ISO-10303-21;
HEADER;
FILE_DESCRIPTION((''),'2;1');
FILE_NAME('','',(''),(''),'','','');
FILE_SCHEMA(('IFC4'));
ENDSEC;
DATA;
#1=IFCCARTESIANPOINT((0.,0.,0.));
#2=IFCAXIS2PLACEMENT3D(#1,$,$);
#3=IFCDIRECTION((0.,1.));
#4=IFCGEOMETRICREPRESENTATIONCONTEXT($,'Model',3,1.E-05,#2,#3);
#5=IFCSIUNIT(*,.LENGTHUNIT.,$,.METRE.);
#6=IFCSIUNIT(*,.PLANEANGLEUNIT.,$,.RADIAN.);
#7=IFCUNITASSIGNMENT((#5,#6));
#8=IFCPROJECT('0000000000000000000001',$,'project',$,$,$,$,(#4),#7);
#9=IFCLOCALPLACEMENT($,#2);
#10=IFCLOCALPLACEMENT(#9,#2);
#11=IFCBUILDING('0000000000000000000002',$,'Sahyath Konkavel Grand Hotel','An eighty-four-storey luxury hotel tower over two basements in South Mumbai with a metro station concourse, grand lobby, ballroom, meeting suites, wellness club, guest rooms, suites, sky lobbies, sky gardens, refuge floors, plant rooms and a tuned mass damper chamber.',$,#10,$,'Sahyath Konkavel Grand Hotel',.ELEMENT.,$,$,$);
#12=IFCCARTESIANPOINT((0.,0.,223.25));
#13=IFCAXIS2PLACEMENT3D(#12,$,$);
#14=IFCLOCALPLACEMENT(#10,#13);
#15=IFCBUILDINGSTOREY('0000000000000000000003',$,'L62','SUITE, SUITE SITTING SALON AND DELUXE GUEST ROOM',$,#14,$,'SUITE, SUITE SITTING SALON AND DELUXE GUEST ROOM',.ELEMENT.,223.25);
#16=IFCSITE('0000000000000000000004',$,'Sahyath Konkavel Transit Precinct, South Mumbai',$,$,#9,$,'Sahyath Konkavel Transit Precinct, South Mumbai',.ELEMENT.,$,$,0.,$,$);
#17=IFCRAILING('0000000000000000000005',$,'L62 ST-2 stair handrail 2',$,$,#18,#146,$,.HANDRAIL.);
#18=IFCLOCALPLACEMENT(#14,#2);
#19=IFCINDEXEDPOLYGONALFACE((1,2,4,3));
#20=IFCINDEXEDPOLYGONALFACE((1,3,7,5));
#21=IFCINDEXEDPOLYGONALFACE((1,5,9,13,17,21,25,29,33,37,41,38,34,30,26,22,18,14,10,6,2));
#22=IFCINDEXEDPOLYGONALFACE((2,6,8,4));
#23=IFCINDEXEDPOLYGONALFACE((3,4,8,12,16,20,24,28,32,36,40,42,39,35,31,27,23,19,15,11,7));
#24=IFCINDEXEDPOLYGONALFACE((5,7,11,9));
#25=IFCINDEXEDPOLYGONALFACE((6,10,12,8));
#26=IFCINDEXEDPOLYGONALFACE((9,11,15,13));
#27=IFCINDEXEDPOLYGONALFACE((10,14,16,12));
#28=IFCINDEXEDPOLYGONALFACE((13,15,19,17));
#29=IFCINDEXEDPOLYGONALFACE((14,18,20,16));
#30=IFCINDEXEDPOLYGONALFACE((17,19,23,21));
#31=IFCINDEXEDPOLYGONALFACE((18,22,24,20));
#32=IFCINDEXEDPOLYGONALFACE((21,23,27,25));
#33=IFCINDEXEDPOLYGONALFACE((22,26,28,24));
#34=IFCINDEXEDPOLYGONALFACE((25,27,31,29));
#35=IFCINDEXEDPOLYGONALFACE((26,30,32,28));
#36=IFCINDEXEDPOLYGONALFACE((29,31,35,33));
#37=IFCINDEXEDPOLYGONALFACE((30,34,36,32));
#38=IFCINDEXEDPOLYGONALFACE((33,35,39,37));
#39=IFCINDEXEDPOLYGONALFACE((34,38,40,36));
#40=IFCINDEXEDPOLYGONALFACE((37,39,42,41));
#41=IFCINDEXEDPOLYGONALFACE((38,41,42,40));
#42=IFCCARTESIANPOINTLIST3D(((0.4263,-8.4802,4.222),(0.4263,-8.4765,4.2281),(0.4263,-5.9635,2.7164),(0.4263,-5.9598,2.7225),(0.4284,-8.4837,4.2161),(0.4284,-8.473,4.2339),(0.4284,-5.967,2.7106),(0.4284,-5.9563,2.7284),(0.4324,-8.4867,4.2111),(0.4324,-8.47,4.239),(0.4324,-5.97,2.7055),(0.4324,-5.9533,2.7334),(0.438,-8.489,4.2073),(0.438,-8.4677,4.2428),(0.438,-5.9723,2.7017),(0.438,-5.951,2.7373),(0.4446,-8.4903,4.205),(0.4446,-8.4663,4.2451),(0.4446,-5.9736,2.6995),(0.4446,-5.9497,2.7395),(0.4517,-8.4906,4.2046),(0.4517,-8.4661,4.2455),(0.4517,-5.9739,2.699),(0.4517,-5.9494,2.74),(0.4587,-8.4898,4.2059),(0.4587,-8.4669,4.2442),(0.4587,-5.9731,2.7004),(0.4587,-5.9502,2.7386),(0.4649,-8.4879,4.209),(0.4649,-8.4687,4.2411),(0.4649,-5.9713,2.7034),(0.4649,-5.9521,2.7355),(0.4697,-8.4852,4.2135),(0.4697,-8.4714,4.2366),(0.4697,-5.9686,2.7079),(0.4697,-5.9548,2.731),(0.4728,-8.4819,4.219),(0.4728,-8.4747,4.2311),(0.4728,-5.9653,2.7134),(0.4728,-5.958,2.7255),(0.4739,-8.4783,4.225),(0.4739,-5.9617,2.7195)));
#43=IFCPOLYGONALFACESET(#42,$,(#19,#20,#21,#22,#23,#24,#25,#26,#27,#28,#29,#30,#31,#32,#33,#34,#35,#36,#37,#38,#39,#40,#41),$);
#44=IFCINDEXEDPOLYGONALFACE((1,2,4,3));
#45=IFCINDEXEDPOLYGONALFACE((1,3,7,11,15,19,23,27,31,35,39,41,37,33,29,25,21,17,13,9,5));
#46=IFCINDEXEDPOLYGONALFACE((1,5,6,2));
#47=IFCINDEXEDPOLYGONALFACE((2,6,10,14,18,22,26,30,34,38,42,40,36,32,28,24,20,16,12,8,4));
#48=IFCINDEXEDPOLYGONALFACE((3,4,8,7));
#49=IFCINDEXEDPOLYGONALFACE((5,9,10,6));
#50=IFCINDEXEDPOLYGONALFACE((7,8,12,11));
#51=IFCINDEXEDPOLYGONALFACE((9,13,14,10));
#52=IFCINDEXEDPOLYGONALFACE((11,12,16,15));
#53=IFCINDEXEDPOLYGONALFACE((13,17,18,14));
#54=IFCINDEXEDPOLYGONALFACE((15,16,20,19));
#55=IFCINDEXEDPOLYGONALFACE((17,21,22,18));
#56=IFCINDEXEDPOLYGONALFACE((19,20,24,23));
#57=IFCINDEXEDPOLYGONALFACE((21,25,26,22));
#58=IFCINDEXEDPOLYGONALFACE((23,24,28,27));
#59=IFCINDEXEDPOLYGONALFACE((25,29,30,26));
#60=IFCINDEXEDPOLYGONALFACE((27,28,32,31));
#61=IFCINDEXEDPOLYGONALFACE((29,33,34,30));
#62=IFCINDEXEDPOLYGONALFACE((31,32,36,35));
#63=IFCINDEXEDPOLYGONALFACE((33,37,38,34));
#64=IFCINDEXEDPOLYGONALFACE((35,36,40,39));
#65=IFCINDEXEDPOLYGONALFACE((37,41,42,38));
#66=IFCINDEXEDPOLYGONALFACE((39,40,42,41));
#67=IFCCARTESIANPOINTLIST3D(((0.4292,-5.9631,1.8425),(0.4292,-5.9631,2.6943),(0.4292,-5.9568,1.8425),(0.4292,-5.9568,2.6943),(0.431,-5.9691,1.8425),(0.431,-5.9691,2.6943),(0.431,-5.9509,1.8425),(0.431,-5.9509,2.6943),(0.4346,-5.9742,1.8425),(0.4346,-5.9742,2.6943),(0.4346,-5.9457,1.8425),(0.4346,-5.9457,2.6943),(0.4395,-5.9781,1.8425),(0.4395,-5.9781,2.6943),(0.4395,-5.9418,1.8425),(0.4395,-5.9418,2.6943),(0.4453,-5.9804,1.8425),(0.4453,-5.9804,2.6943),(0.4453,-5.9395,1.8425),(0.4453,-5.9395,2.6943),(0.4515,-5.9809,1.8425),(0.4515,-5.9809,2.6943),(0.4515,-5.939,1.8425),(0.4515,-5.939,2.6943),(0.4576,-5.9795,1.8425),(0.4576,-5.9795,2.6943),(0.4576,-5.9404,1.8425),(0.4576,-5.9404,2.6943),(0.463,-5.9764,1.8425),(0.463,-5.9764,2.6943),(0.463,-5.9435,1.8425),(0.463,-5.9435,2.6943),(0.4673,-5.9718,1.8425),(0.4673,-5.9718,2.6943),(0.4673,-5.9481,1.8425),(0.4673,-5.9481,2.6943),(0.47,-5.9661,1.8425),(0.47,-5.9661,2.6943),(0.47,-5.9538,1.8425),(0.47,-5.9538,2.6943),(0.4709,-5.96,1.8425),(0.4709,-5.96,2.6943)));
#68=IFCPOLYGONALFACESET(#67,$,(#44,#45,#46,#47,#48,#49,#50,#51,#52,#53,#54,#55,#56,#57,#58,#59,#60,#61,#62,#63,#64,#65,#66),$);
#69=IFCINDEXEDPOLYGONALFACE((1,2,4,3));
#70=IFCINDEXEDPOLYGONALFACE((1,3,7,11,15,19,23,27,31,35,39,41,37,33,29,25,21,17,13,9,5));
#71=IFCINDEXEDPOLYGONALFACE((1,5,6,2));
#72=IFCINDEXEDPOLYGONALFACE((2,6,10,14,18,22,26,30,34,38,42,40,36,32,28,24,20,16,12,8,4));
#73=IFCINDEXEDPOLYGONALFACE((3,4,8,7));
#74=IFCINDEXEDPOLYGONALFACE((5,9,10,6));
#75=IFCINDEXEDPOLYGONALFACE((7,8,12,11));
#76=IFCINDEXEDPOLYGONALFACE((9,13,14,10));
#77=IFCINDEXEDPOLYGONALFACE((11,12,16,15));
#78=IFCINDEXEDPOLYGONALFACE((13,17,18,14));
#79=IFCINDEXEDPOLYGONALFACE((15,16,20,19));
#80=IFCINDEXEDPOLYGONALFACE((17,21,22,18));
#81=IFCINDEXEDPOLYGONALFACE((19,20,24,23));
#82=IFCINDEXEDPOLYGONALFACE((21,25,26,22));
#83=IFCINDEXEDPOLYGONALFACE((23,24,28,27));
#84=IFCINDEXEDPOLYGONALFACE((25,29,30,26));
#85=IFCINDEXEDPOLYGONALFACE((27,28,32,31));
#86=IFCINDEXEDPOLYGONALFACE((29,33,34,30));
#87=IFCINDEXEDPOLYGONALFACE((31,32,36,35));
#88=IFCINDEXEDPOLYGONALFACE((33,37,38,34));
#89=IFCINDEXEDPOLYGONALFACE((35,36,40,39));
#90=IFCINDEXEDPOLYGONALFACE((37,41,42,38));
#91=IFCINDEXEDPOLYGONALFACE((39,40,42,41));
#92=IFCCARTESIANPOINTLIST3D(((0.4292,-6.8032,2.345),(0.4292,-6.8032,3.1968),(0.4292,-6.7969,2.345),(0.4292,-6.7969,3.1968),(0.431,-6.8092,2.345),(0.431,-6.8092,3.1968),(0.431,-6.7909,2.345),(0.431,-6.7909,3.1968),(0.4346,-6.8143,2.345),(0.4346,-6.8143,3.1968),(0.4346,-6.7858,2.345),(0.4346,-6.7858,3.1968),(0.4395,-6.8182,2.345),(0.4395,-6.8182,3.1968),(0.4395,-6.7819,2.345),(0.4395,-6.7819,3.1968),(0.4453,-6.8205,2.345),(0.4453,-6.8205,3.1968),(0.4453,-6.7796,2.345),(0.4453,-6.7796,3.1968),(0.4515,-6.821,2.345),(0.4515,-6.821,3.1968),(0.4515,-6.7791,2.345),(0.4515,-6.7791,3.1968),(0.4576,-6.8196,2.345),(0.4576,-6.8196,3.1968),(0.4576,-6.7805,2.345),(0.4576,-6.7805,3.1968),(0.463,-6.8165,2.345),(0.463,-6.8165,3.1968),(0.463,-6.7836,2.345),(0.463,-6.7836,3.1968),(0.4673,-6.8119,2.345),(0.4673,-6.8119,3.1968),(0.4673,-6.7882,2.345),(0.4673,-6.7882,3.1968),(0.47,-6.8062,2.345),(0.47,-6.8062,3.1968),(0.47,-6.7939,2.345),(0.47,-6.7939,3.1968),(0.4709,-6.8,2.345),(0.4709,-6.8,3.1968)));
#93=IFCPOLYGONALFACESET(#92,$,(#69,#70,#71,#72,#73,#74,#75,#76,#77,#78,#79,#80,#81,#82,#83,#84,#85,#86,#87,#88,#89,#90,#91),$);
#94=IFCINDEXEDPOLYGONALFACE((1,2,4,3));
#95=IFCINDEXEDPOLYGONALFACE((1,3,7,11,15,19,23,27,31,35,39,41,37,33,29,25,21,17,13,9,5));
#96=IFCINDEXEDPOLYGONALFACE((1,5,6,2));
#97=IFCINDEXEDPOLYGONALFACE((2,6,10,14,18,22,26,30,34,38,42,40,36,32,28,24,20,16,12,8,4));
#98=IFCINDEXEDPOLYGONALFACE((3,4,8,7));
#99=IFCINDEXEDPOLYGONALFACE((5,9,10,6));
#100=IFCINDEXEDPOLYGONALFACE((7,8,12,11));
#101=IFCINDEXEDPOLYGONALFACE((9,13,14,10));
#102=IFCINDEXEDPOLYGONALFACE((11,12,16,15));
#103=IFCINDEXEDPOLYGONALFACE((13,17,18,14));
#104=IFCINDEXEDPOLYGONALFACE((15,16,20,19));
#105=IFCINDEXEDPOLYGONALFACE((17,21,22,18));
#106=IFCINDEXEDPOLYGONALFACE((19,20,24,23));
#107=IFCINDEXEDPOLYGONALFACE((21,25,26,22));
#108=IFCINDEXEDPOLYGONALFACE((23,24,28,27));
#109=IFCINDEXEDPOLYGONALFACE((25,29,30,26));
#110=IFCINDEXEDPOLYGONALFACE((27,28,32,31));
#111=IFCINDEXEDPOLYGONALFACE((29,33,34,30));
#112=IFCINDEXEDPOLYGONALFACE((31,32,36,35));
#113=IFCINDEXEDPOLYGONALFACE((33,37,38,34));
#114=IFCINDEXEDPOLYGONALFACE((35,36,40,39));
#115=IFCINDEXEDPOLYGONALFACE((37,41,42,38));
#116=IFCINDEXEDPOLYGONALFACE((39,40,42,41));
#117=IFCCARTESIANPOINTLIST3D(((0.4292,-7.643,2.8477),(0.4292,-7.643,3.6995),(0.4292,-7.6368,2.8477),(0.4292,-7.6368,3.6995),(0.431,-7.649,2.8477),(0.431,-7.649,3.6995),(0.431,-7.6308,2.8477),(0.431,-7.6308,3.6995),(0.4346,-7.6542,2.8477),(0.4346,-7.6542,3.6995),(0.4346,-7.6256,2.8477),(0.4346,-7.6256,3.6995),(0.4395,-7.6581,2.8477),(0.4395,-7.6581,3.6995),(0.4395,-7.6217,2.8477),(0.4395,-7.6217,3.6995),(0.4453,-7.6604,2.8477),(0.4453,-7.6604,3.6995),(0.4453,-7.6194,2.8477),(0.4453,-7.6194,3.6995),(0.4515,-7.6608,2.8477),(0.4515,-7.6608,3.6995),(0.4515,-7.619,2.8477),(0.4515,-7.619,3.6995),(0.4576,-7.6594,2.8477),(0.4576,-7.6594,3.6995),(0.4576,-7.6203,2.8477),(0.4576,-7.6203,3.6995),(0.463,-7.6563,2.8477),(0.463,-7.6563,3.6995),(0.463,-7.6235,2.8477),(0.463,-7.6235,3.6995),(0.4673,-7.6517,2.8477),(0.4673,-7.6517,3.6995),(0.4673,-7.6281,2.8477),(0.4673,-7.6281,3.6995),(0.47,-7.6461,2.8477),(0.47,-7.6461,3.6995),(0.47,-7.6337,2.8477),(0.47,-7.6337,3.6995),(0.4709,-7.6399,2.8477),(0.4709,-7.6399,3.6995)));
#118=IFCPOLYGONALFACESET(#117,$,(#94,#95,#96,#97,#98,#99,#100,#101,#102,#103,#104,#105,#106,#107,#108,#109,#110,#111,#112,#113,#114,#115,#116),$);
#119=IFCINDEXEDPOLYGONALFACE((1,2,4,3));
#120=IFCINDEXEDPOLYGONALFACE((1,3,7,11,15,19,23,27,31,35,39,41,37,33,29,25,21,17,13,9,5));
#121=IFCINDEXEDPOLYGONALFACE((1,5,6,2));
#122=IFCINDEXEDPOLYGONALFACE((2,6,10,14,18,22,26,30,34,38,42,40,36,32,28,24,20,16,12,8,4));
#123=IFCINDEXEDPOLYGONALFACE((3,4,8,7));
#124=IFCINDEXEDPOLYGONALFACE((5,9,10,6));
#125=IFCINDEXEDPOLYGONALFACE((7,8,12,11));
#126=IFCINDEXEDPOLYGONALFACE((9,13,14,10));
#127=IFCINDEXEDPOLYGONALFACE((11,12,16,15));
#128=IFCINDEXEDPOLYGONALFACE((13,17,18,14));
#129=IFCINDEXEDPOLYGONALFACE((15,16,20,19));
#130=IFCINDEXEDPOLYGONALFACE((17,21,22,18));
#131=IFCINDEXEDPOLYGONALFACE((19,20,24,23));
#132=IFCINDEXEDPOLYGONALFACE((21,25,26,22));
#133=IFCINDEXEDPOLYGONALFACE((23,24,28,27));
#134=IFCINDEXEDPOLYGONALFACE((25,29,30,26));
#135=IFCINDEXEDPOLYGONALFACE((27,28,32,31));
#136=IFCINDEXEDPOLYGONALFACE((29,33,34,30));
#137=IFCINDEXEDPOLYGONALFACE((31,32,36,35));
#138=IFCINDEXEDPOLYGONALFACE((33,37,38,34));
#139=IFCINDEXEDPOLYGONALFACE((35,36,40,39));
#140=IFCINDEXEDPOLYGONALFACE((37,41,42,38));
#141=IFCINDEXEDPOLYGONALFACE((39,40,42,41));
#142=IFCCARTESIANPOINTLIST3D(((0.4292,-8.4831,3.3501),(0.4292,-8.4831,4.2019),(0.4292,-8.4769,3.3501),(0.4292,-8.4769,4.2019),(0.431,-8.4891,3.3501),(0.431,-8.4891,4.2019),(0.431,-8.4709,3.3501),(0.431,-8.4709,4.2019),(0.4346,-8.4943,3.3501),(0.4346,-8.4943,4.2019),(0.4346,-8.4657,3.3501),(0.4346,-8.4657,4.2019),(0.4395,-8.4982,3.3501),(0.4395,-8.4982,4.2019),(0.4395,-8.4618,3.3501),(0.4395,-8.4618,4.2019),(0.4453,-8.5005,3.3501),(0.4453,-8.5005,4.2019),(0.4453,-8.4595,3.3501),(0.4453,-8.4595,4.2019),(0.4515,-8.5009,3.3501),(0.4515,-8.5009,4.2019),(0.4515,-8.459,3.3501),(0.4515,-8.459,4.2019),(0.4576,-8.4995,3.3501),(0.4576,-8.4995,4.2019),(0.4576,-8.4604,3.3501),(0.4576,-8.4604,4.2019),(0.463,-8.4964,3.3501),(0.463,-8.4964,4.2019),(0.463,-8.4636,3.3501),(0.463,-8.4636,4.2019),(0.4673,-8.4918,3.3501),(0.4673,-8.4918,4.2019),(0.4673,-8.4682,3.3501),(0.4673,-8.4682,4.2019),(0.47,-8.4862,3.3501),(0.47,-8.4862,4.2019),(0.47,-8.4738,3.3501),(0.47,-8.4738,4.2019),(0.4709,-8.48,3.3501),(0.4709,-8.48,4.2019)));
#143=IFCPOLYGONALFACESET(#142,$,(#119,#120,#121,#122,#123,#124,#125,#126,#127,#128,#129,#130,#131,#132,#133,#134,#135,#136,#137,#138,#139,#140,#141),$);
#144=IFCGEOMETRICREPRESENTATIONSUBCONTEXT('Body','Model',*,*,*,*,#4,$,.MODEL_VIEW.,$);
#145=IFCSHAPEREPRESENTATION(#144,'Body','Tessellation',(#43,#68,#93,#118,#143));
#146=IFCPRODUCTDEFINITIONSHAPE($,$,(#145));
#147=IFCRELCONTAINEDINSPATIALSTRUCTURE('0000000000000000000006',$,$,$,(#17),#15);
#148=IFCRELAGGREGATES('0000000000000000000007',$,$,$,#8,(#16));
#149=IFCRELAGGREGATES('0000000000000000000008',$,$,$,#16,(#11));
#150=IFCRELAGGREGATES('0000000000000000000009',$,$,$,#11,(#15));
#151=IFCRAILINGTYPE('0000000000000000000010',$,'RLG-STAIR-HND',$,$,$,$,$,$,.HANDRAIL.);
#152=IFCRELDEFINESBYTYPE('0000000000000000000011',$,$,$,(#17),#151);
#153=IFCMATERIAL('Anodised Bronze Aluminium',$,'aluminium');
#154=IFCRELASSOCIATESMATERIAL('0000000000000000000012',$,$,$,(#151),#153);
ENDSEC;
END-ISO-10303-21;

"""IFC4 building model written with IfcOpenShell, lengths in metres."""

from ifc_helpers import new_model, si_unit, direction, frame, origin, origin_2d, place, context, subcontext, project, spatial, circle, extrude, material, type_object, element, save


model = new_model("IFC4")

# Units and contexts
model_context = context("Model", 3, precision=1e-05, world=origin(), true_north=direction((0.0, 1.0)))
body_context = subcontext(model_context, "Body", "Model", "MODEL_VIEW")
ifc_project = project(units=[si_unit("LENGTHUNIT", "METRE"), si_unit("PLANEANGLEUNIT", "RADIAN")], contexts=[model_context])

# Site, building, storey
site_placement = place(None, origin())
site = spatial("IfcSite", under=ifc_project, at=site_placement, Name="Sahyath Konkavel Transit Precinct, South Mumbai", LongName="Sahyath Konkavel Transit Precinct, South Mumbai", CompositionType="ELEMENT", RefElevation=0.0)
building_placement = place(site_placement, origin())
building = spatial("IfcBuilding", under=site, at=building_placement, Name="Sahyath Konkavel Grand Hotel", Description="An eighty-four-storey luxury hotel tower over two basements in South Mumbai with a metro station concourse, grand lobby, ballroom, meeting suites, wellness club, guest rooms, suites, sky lobbies, sky gardens, refuge floors, plant rooms and a tuned mass damper chamber.", LongName="Sahyath Konkavel Grand Hotel", CompositionType="ELEMENT")
storey_placement = place(building_placement, frame((0.0, 0.0, 223.25)))
storey = spatial("IfcBuildingStorey", under=building, at=storey_placement, Name="L62", Description="SUITE, SUITE SITTING SALON AND DELUXE GUEST ROOM", LongName="SUITE, SUITE SITTING SALON AND DELUXE GUEST ROOM", CompositionType="ELEMENT", Elevation=223.25)

# Railing
ifc_material_1 = material(Name="Anodised Bronze Aluminium", Category="aluminium")
railing_type_1 = type_object("IfcRailingType", Name="RLG-STAIR-HND", PredefinedType="HANDRAIL", material=ifc_material_1)
railing_1_placement = place(storey_placement, frame((0.45, -5.96, 1.8425)))
element("IfcRailing", 1, at=railing_1_placement, inside=storey, type_object=railing_type_1, Name="L62 ST-2 stair handrail 2", PredefinedType="HANDRAIL", context=body_context, shape_type="SweptSolid", body=[
    extrude(circle(Radius=0.0239, at=origin_2d()), frame((0.0, -0.0017, 0.877), z_axis=(0.0, -0.85816, 0.513383), x_axis=(1.0, 0.0, 0.0)), (0.0, 0.0, 1.0), 2.9326),
    extrude(circle(Radius=0.021, at=origin_2d()), origin(), (0.0, 0.0, 1.0), 0.8518),
    extrude(circle(Radius=0.021, at=origin_2d()), frame((0.0, -0.8401, 0.5024)), (0.0, 0.0, 1.0), 0.8518),
    extrude(circle(Radius=0.021, at=origin_2d()), frame((0.0, -1.6799, 1.0051)), (0.0, 0.0, 1.0), 0.8518),
    extrude(circle(Radius=0.021, at=origin_2d()), frame((0.0, -2.52, 1.5076)), (0.0, 0.0, 1.0), 0.8518),
])

save(model, "model.ifc")
